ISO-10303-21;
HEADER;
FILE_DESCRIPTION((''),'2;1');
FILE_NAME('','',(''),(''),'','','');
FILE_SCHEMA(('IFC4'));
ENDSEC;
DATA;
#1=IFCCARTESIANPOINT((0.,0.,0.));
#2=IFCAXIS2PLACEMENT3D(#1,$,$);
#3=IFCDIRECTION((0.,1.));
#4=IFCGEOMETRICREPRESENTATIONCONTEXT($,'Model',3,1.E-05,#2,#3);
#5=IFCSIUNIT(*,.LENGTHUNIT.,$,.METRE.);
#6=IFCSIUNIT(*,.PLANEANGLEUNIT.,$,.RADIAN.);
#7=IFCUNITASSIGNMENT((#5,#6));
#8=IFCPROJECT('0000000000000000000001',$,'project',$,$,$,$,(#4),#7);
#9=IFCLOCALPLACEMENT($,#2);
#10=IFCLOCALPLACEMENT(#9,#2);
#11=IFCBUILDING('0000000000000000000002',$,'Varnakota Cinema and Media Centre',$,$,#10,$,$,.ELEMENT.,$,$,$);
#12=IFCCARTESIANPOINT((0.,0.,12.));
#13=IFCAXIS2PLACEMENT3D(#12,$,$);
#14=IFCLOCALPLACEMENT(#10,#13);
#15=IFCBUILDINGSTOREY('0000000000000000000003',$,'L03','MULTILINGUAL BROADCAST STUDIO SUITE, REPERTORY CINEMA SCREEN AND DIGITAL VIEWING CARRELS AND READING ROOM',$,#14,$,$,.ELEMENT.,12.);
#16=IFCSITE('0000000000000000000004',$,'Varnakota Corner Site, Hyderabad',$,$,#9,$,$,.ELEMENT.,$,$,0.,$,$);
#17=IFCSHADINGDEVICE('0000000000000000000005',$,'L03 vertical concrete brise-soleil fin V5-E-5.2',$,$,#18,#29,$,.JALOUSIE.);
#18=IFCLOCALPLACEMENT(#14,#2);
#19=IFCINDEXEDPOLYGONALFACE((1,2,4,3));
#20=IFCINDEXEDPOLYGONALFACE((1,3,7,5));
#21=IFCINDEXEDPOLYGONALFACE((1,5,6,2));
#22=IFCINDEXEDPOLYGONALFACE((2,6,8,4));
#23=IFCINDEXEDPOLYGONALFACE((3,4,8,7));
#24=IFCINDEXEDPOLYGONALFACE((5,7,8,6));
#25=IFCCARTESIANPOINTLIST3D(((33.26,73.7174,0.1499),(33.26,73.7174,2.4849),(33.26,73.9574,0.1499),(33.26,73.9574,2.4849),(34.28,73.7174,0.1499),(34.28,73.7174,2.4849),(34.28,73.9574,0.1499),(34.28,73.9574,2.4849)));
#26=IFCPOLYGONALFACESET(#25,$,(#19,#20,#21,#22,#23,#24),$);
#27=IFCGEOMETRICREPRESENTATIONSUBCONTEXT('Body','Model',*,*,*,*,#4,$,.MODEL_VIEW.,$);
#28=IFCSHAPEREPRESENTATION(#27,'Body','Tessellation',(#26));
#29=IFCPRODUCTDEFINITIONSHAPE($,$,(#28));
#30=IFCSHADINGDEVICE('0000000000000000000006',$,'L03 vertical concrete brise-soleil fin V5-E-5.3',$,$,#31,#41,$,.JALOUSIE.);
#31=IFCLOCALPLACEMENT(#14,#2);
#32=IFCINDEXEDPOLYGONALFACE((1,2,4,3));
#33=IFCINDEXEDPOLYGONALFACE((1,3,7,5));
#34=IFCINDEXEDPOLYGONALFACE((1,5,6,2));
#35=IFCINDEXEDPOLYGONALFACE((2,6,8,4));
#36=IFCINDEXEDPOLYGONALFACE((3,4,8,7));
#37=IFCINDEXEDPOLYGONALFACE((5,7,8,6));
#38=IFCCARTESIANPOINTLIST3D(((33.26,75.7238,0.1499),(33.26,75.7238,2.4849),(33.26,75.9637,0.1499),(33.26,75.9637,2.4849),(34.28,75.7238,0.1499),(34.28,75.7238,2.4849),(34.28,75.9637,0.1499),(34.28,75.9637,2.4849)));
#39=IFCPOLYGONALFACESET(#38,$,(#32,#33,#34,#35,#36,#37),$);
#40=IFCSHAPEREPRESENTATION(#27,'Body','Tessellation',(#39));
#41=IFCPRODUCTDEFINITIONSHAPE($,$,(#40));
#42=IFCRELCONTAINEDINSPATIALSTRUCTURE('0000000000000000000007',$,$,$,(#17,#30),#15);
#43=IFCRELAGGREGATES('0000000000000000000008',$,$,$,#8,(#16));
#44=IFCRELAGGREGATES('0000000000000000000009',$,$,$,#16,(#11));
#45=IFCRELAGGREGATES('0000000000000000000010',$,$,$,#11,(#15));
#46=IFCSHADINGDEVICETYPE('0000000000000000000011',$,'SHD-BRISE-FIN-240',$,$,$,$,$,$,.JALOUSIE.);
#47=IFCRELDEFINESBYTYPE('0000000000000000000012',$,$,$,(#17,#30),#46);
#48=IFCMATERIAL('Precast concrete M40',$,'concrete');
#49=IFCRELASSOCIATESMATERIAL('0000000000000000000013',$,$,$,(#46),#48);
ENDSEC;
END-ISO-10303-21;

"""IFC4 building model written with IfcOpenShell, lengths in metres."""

from ifc_helpers import new_model, si_unit, direction, frame, origin, origin_2d, place, context, subcontext, project, spatial, rectangle, extrude, material, type_object, element, save


model = new_model("IFC4")

# Units and contexts
model_context = context("Model", 3, precision=1e-05, world=origin(), true_north=direction((0.0, 1.0)))
body_context = subcontext(model_context, "Body", "Model", "MODEL_VIEW")
ifc_project = project(units=[si_unit("LENGTHUNIT", "METRE"), si_unit("PLANEANGLEUNIT", "RADIAN")], contexts=[model_context])

# Site, building, storey
site_placement = place(None, origin())
site = spatial("IfcSite", under=ifc_project, at=site_placement, Name="Varnakota Corner Site, Hyderabad", CompositionType="ELEMENT", RefElevation=0.0)
building_placement = place(site_placement, origin())
building = spatial("IfcBuilding", under=site, at=building_placement, Name="Varnakota Cinema and Media Centre", CompositionType="ELEMENT")
storey_placement = place(building_placement, frame((0.0, 0.0, 12.0)))
storey = spatial("IfcBuildingStorey", under=building, at=storey_placement, Name="L03", Description="MULTILINGUAL BROADCAST STUDIO SUITE, REPERTORY CINEMA SCREEN AND DIGITAL VIEWING CARRELS AND READING ROOM", CompositionType="ELEMENT", Elevation=12.0)

# Shading devices
ifc_material_1 = material(Name="Precast concrete M40", Category="concrete")
shading_device_type = type_object("IfcShadingDeviceType", Name="SHD-BRISE-FIN-240", PredefinedType="JALOUSIE", material=ifc_material_1)
for number, where, z_axis, x_axis, name in (
    (1, (33.77, 73.8374, 0.1499), (0.0, 0.0, 1.0), (0.0, 1.0, 0.0), "L03 vertical concrete brise-soleil fin V5-E-5.2"),
    (2, (33.77, 75.8438, 0.1499), (0.0, 0.0, 1.0), (0.0, 1.0, 0.0), "L03 vertical concrete brise-soleil fin V5-E-5.3"),
):
    element("IfcShadingDevice", number, at=place(storey_placement, frame(where, z_axis=z_axis, x_axis=x_axis)), inside=storey, type_object=shading_device_type, Name=name, PredefinedType="JALOUSIE", context=body_context, shape_type="SweptSolid", body=[
        extrude(rectangle(XDim=0.24, YDim=1.02, at=origin_2d()), origin(), (0.0, 0.0, 1.0), 2.335),
    ])

save(model, "model.ifc")
